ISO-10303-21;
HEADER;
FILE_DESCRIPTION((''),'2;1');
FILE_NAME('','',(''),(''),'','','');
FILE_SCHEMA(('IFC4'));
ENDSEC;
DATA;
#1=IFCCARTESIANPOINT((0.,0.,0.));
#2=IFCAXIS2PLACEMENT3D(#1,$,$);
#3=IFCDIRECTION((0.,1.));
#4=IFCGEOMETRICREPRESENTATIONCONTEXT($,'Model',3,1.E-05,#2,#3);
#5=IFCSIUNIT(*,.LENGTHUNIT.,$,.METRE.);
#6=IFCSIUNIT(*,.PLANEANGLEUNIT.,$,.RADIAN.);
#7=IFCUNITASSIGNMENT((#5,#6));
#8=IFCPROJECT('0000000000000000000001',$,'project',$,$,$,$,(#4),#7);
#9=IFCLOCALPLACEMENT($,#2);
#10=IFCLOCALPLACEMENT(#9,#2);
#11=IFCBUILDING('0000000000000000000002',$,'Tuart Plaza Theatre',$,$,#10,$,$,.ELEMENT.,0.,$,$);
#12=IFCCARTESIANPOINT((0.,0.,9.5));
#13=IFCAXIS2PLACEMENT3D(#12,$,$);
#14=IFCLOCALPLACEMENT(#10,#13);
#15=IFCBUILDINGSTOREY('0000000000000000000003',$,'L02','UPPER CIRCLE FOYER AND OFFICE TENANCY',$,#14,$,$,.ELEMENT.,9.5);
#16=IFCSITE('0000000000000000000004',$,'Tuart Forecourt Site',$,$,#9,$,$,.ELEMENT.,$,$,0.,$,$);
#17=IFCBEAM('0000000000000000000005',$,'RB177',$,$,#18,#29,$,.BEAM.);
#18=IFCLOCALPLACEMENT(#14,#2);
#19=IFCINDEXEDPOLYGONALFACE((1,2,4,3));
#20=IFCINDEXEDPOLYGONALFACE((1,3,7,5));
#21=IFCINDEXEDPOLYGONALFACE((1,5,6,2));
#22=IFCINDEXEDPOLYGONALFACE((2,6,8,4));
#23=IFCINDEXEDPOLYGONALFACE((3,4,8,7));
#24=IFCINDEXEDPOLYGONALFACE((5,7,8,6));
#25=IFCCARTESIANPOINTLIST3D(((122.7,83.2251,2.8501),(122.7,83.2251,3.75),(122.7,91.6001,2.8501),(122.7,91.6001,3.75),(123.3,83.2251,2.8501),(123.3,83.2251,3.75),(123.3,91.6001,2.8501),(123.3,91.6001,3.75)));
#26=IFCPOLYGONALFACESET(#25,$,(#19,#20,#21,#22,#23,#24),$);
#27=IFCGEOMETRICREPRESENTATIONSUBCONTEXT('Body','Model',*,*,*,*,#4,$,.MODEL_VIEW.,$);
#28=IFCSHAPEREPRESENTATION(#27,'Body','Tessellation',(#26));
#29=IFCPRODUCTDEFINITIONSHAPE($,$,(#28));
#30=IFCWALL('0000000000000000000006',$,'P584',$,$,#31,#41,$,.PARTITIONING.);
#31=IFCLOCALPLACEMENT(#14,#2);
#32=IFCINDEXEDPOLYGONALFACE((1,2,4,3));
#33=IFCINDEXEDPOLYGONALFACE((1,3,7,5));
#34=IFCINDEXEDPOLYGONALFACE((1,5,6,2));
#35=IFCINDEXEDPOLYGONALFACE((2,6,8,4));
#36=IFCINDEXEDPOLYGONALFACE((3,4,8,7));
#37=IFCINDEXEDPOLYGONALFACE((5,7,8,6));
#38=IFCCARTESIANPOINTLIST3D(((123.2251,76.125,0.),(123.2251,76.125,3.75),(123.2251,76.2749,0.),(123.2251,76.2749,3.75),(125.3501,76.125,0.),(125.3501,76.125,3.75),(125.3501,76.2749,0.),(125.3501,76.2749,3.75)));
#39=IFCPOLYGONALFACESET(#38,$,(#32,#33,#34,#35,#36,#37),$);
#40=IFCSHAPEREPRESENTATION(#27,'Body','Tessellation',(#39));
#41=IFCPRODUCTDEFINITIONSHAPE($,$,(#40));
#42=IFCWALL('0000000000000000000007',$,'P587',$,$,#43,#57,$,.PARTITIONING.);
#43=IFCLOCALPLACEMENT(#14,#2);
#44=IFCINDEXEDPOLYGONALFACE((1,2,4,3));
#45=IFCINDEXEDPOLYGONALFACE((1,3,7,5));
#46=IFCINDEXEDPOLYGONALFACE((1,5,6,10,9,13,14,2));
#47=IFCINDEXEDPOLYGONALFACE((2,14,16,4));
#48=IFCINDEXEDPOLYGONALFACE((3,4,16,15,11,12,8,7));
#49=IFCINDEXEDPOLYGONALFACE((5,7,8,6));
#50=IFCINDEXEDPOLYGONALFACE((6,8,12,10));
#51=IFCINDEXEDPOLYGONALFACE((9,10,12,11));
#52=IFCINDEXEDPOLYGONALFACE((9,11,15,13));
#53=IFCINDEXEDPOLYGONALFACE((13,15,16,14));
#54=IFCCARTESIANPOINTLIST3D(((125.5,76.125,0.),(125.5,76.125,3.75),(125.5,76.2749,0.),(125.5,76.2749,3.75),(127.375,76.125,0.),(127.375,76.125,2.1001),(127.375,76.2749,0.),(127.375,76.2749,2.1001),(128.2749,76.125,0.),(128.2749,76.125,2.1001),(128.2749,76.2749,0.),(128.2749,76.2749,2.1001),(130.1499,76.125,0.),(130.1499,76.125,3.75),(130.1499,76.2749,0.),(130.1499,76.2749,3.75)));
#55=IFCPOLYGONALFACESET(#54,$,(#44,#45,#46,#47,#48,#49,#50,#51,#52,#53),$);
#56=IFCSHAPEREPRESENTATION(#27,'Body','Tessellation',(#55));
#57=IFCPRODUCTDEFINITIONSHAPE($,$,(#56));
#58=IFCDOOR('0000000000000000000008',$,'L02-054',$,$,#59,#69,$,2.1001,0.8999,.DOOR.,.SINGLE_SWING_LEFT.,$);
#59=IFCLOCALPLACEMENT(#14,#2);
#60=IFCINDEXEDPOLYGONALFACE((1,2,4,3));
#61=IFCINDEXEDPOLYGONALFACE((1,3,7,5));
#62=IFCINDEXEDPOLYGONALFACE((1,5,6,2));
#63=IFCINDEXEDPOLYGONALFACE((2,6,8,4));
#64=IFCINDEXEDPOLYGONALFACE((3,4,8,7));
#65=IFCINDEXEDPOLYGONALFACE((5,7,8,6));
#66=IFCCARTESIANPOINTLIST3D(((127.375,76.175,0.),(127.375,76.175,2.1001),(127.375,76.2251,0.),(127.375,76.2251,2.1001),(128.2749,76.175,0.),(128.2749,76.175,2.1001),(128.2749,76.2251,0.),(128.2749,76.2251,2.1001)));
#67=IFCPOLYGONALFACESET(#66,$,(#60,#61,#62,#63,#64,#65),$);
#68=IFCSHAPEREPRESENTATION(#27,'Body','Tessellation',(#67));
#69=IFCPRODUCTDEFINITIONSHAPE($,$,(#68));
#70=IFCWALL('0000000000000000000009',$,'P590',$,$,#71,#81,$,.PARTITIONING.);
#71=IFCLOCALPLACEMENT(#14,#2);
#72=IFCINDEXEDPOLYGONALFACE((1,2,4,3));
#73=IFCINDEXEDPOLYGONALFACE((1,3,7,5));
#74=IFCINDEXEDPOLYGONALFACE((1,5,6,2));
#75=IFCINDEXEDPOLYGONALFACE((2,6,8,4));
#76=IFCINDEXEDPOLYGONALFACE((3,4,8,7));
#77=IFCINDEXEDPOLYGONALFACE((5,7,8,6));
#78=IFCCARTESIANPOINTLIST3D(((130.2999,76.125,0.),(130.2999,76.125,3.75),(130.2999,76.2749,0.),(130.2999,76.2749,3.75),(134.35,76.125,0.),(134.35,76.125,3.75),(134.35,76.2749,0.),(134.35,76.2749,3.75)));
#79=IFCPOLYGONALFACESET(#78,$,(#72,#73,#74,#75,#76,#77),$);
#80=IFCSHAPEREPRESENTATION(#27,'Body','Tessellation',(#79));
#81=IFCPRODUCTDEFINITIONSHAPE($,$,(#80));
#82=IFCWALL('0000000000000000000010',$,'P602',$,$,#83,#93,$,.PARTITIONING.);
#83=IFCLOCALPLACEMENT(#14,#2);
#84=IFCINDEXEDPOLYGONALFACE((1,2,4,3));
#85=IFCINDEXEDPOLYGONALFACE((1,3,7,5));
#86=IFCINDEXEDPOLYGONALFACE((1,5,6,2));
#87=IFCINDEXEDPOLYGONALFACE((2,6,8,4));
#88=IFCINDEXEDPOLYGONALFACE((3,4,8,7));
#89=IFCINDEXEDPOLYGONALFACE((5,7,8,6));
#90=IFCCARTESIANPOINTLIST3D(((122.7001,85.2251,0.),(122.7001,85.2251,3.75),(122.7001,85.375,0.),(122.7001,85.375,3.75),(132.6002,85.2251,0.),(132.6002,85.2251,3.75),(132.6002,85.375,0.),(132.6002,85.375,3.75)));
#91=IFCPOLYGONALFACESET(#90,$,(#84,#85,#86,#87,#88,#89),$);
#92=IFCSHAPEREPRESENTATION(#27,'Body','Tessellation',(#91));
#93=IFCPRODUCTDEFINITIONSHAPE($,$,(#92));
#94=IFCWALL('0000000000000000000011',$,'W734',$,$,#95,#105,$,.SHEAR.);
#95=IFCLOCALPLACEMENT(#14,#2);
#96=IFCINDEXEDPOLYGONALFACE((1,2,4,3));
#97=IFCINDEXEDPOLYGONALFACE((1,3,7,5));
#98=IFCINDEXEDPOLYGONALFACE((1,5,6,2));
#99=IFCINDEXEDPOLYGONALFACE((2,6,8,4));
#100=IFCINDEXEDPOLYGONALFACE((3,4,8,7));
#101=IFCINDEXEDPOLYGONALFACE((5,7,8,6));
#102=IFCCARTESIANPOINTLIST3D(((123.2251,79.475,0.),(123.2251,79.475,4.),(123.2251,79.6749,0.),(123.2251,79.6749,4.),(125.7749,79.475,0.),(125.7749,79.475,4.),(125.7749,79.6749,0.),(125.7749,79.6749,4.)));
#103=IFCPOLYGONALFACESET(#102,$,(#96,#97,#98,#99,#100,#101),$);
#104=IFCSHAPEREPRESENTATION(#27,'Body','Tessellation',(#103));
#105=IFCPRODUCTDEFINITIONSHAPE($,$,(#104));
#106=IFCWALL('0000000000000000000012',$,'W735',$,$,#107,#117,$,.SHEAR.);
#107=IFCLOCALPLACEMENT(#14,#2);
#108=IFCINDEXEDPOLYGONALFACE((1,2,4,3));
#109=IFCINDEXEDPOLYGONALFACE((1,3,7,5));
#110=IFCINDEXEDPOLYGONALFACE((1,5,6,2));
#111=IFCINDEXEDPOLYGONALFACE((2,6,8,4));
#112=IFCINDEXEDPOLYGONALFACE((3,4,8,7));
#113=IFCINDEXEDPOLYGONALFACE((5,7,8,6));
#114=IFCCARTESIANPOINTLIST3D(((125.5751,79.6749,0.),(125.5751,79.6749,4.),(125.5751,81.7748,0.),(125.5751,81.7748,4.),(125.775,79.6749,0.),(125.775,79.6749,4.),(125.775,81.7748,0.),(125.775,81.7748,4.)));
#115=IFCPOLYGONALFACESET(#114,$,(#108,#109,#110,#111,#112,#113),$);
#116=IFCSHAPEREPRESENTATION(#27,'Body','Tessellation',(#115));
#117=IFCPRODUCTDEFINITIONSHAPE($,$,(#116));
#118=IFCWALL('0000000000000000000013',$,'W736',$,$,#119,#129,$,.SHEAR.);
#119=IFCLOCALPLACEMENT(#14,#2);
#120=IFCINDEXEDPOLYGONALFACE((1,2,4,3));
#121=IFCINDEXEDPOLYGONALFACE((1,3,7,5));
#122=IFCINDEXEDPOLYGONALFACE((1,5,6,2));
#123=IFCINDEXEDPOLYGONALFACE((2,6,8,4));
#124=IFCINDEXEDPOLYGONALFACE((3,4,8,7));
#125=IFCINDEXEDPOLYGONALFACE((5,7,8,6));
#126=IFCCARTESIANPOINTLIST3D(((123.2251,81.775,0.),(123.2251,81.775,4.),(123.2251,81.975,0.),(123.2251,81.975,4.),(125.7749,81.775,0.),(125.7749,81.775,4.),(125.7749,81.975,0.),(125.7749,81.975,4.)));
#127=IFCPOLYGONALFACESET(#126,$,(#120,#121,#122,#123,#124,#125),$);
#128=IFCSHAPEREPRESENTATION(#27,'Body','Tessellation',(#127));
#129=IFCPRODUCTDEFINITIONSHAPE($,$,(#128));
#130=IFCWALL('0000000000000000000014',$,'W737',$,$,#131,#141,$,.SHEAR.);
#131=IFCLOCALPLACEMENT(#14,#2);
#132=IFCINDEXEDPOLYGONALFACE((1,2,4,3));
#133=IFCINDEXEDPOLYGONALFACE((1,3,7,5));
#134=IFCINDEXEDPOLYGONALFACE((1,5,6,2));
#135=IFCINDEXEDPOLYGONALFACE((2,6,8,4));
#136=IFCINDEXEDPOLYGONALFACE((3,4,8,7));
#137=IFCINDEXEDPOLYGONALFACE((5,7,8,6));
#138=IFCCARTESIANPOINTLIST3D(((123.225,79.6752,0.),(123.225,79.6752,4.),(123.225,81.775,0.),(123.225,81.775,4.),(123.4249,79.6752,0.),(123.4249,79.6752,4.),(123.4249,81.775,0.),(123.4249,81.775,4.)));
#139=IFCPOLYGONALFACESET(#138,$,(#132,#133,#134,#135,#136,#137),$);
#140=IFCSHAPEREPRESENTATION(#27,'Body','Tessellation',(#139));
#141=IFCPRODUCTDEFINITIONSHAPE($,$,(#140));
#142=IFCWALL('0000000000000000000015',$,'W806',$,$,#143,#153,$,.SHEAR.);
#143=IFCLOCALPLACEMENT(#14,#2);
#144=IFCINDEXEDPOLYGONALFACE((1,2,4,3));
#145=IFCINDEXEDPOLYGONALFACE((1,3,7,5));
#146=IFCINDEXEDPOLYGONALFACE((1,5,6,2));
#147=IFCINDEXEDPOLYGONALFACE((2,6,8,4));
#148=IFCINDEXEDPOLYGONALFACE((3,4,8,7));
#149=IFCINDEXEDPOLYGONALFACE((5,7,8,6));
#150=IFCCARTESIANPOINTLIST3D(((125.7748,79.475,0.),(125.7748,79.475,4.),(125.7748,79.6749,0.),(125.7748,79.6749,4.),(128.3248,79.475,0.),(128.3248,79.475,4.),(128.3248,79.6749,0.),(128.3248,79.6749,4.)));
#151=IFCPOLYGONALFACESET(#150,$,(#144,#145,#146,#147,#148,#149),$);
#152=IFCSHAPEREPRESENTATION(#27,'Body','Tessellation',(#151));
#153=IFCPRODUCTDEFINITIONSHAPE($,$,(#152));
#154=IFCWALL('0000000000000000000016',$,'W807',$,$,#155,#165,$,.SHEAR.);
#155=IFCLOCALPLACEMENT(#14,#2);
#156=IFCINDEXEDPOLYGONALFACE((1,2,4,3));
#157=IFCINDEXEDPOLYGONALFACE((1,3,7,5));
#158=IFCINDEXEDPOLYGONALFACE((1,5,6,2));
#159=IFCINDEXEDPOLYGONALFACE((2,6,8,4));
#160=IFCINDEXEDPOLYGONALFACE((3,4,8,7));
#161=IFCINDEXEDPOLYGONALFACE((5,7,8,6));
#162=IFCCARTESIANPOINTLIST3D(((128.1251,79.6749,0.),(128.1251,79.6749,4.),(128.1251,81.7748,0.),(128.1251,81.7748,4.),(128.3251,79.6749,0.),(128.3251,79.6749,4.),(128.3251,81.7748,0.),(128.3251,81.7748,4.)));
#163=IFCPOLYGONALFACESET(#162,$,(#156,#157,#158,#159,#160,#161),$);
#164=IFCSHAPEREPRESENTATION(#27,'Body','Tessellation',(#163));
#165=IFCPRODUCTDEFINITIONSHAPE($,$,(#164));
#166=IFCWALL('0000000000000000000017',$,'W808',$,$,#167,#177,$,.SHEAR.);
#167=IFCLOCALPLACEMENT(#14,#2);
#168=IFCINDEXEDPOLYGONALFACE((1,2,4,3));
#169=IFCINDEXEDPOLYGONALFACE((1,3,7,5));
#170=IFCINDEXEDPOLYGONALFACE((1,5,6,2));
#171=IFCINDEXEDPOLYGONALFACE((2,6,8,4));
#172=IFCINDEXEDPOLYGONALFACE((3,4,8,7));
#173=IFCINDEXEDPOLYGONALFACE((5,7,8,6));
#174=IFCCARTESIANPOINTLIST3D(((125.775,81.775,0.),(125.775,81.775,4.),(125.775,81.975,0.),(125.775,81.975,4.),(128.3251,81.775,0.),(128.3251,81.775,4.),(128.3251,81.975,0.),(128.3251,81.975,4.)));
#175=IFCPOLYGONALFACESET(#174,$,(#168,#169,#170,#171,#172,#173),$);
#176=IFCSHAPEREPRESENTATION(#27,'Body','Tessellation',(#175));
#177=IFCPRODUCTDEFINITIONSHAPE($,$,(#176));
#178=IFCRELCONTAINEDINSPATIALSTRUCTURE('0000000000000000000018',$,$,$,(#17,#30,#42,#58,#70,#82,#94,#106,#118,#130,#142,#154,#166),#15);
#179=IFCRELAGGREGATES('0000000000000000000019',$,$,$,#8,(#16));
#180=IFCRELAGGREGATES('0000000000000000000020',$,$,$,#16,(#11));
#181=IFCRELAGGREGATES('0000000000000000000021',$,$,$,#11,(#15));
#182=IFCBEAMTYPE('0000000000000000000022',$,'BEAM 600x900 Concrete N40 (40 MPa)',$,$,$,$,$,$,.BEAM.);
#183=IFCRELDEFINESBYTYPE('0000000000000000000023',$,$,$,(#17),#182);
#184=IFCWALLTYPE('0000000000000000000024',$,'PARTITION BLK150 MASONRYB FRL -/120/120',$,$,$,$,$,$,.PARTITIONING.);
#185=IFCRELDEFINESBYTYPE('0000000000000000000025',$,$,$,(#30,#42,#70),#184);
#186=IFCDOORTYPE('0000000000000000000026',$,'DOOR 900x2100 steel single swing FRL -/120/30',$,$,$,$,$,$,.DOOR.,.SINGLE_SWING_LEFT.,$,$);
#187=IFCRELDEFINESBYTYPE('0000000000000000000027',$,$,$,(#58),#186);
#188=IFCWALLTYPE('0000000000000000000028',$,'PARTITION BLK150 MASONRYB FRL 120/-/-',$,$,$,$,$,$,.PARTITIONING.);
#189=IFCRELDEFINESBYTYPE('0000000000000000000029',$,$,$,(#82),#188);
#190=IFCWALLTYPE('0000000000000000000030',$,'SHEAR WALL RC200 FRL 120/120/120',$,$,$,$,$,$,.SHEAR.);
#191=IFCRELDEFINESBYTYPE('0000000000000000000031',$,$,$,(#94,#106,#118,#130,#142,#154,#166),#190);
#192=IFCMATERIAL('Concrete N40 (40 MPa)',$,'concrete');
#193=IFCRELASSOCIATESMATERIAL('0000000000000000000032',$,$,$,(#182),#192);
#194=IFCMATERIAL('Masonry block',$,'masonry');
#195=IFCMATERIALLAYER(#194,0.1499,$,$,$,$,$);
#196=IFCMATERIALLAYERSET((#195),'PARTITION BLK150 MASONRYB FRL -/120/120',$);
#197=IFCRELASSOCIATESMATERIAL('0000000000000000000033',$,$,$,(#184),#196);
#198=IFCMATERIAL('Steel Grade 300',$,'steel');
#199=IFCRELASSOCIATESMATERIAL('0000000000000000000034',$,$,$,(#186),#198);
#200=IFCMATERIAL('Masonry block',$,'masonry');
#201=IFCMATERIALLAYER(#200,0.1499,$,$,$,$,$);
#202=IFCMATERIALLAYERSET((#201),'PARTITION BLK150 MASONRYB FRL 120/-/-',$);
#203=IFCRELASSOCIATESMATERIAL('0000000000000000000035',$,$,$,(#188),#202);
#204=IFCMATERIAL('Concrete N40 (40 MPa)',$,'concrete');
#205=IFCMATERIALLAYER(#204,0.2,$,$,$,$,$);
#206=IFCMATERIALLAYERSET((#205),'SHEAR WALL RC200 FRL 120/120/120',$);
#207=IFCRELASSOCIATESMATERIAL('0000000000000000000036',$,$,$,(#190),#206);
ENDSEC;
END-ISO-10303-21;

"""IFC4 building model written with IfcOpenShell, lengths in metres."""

from ifc_helpers import new_model, si_unit, direction, frame, frame_2d, origin, origin_2d, place, context, subcontext, project, spatial, rectangle, extrude, material, layer, layer_set, material_profile, profile_set, type_object, element, fill, save


model = new_model("IFC4")

# Units and contexts
model_context = context("Model", 3, precision=1e-05, world=origin(), true_north=direction((0.0, 1.0)))
body_context = subcontext(model_context, "Body", "Model", "MODEL_VIEW")
ifc_project = project(units=[si_unit("LENGTHUNIT", "METRE"), si_unit("PLANEANGLEUNIT", "RADIAN")], contexts=[model_context])

# Site, building, storey
site_placement = place(None, origin())
site = spatial("IfcSite", under=ifc_project, at=site_placement, Name="Tuart Forecourt Site", CompositionType="ELEMENT", RefElevation=0.0)
building_placement = place(site_placement, origin())
building = spatial("IfcBuilding", under=site, at=building_placement, Name="Tuart Plaza Theatre", CompositionType="ELEMENT", ElevationOfRefHeight=0.0)
storey_placement = place(building_placement, frame((0.0, 0.0, 9.5)))
storey = spatial("IfcBuildingStorey", under=building, at=storey_placement, Name="L02", Description="UPPER CIRCLE FOYER AND OFFICE TENANCY", CompositionType="ELEMENT", Elevation=9.5)

# Beam
ifc_material_1 = material(Name="Concrete N40 (40 MPa)", Category="concrete")
ifc_material_profile = material_profile(ifc_material_1, rectangle(XDim=0.6001, YDim=0.8999, at=origin_2d()), Name="BEAM 600x900 Concrete N40 (40 MPa)")
ifc_profile_set = profile_set([ifc_material_profile], Name="Concrete N40 (40 MPa)")
beam_type = type_object("IfcBeamType", Name="BEAM 600x900 Concrete N40 (40 MPa)", PredefinedType="BEAM", material=ifc_profile_set)
beam_placement = place(storey_placement, frame((123.0, 83.2251, 3.3), z_axis=(0.0, 1.0, 0.0), x_axis=(-1.0, 0.0, 0.0)))
element("IfcBeam", 1, at=beam_placement, inside=storey, type_object=beam_type, Name="RB177", PredefinedType="BEAM", context=body_context, shape_type="SweptSolid", body=[
    extrude(rectangle(XDim=0.6001, YDim=0.8999, at=origin_2d()), origin(), (0.0, 0.0, 1.0), 8.375),
])

# Wall
ifc_material_2 = material(Name="Masonry block", Category="masonry")
ifc_layer_1 = layer(ifc_material_2, 0.1499)
ifc_layer_set_1 = layer_set([ifc_layer_1], Name="PARTITION BLK150 MASONRYB FRL -/120/120")
wall_type_1 = type_object("IfcWallType", Name="PARTITION BLK150 MASONRYB FRL -/120/120", PredefinedType="PARTITIONING", material=ifc_layer_set_1)
wall_1_placement = place(storey_placement, frame((123.2251, 76.2, 0.0), z_axis=(0.0, 0.0, 1.0), x_axis=(1.0, 0.0, 0.0)))
element("IfcWall", 2, at=wall_1_placement, inside=storey, type_object=wall_type_1, Name="P584", PredefinedType="PARTITIONING", context=body_context, shape_type="SweptSolid", body=[
    extrude(rectangle(XDim=2.125, YDim=0.1499, at=frame_2d((1.0625, 0.0))), origin(), (0.0, 0.0, 1.0), 3.75),
])

# Wall, opening, door
wall_2_placement = place(storey_placement, frame((125.5, 76.2, 0.0), z_axis=(0.0, 0.0, 1.0), x_axis=(1.0, 0.0, 0.0)))
wall_2 = element("IfcWall", 3, at=wall_2_placement, inside=storey, type_object=wall_type_1, Name="P587", PredefinedType="PARTITIONING", context=body_context, shape_type="SweptSolid", body=[
    extrude(rectangle(XDim=4.6499, YDim=0.1499, at=frame_2d((2.325, 0.0))), origin(), (0.0, 0.0, 1.0), 3.75),
])
opening_1_placement = place(wall_2_placement, frame((1.875, 0.0, 0.0)))
opening_1 = element("IfcOpeningElement", 4, at=opening_1_placement, cuts=wall_2, PredefinedType="OPENING", context=body_context, shape_type="SweptSolid", body=[
    extrude(rectangle(XDim=0.8999, YDim=2.1001, at=frame_2d((0.45, 1.05))), frame((0.0, 0.085, 0.0), z_axis=(0.0, -1.0, 0.0), x_axis=(1.0, 0.0, 0.0)), (0.0, 0.0, 1.0), 0.1699),
])
ifc_material_3 = material(Name="Steel Grade 300", Category="steel")
door_type_1 = type_object("IfcDoorType", Name="DOOR 900x2100 steel single swing FRL -/120/30", OperationType="SINGLE_SWING_LEFT", PredefinedType="DOOR", material=ifc_material_3)
door_1_placement = place(opening_1_placement, frame((0.8999, 0.0, 0.0), z_axis=(0.0, 0.0, 1.0), x_axis=(-1.0, 0.0, 0.0)))
door_1 = element("IfcDoor", 5, at=door_1_placement, inside=storey, type_object=door_type_1, Name="L02-054", OperationType="SINGLE_SWING_LEFT", OverallHeight=2.1001, OverallWidth=0.8999, PredefinedType="DOOR", context=body_context, shape_type="SweptSolid", body=[
    extrude(rectangle(XDim=0.8999, YDim=2.1001, at=frame_2d((0.45, 1.05))), frame((0.0, 0.0249, 0.0), z_axis=(0.0, -1.0, 0.0), x_axis=(1.0, 0.0, 0.0)), (0.0, 0.0, 1.0), 0.05),
])
fill(opening_1, door_1)

# Walls
wall_3_placement = place(storey_placement, frame((130.3, 76.2, 0.0), z_axis=(0.0, 0.0, 1.0), x_axis=(1.0, 0.0, 0.0)))
element("IfcWall", 6, at=wall_3_placement, inside=storey, type_object=wall_type_1, Name="P590", PredefinedType="PARTITIONING", context=body_context, shape_type="SweptSolid", body=[
    extrude(rectangle(XDim=4.05, YDim=0.1499, at=frame_2d((2.0249, 0.0))), origin(), (0.0, 0.0, 1.0), 3.75),
])
ifc_material_4 = material(Name="Masonry block", Category="masonry")
ifc_layer_2 = layer(ifc_material_4, 0.1499)
ifc_layer_set_2 = layer_set([ifc_layer_2], Name="PARTITION BLK150 MASONRYB FRL 120/-/-")
wall_type_2 = type_object("IfcWallType", Name="PARTITION BLK150 MASONRYB FRL 120/-/-", PredefinedType="PARTITIONING", material=ifc_layer_set_2)
wall_4_placement = place(storey_placement, frame((122.7, 85.3, 0.0), z_axis=(0.0, 0.0, 1.0), x_axis=(1.0, 0.0, 0.0)))
element("IfcWall", 7, at=wall_4_placement, inside=storey, type_object=wall_type_2, Name="P602", PredefinedType="PARTITIONING", context=body_context, shape_type="SweptSolid", body=[
    extrude(rectangle(XDim=9.9001, YDim=0.1499, at=frame_2d((4.9502, 0.0))), origin(), (0.0, 0.0, 1.0), 3.75),
])
ifc_material_5 = material(Name="Concrete N40 (40 MPa)", Category="concrete")
ifc_layer_3 = layer(ifc_material_5, 0.2)
ifc_layer_set_3 = layer_set([ifc_layer_3], Name="SHEAR WALL RC200 FRL 120/120/120")
wall_type_3 = type_object("IfcWallType", Name="SHEAR WALL RC200 FRL 120/120/120", PredefinedType="SHEAR", material=ifc_layer_set_3)
wall_5_placement = place(storey_placement, frame((123.2251, 79.575, 0.0), z_axis=(0.0, 0.0, 1.0), x_axis=(1.0, 0.0, 0.0)))
element("IfcWall", 8, at=wall_5_placement, inside=storey, type_object=wall_type_3, Name="W734", PredefinedType="SHEAR", context=body_context, shape_type="SweptSolid", body=[
    extrude(rectangle(XDim=2.5498, YDim=0.2, at=frame_2d((1.2749, 0.0))), origin(), (0.0, 0.0, 1.0), 4.0),
])
wall_6_placement = place(storey_placement, frame((125.675, 79.675, 0.0), z_axis=(0.0, 0.0, 1.0), x_axis=(0.0, 1.0, 0.0)))
element("IfcWall", 9, at=wall_6_placement, inside=storey, type_object=wall_type_3, Name="W735", PredefinedType="SHEAR", context=body_context, shape_type="SweptSolid", body=[
    extrude(rectangle(XDim=2.0999, YDim=0.2, at=frame_2d((1.0498, 0.0))), origin(), (0.0, 0.0, 1.0), 4.0),
])
wall_7_placement = place(storey_placement, frame((125.7749, 81.875, 0.0), z_axis=(0.0, 0.0, 1.0), x_axis=(-1.0, 0.0, 0.0)))
element("IfcWall", 10, at=wall_7_placement, inside=storey, type_object=wall_type_3, Name="W736", PredefinedType="SHEAR", context=body_context, shape_type="SweptSolid", body=[
    extrude(rectangle(XDim=2.5498, YDim=0.2, at=frame_2d((1.2749, 0.0))), origin(), (0.0, 0.0, 1.0), 4.0),
])
wall_8_placement = place(storey_placement, frame((123.325, 81.7749, 0.0), z_axis=(0.0, 0.0, 1.0), x_axis=(0.0, -1.0, 0.0)))
element("IfcWall", 11, at=wall_8_placement, inside=storey, type_object=wall_type_3, Name="W737", PredefinedType="SHEAR", context=body_context, shape_type="SweptSolid", body=[
    extrude(rectangle(XDim=2.0999, YDim=0.2, at=frame_2d((1.0498, 0.0))), origin(), (0.0, 0.0, 1.0), 4.0),
])
wall_9_placement = place(storey_placement, frame((125.7749, 79.575, 0.0), z_axis=(0.0, 0.0, 1.0), x_axis=(1.0, 0.0, 0.0)))
element("IfcWall", 12, at=wall_9_placement, inside=storey, type_object=wall_type_3, Name="W806", PredefinedType="SHEAR", context=body_context, shape_type="SweptSolid", body=[
    extrude(rectangle(XDim=2.55, YDim=0.2, at=frame_2d((1.2749, 0.0))), origin(), (0.0, 0.0, 1.0), 4.0),
])
wall_10_placement = place(storey_placement, frame((128.2251, 79.675, 0.0), z_axis=(0.0, 0.0, 1.0), x_axis=(0.0, 1.0, 0.0)))
element("IfcWall", 13, at=wall_10_placement, inside=storey, type_object=wall_type_3, Name="W807", PredefinedType="SHEAR", context=body_context, shape_type="SweptSolid", body=[
    extrude(rectangle(XDim=2.0999, YDim=0.2, at=frame_2d((1.0498, 0.0))), origin(), (0.0, 0.0, 1.0), 4.0),
])
wall_11_placement = place(storey_placement, frame((128.325, 81.875, 0.0), z_axis=(0.0, 0.0, 1.0), x_axis=(-1.0, 0.0, 0.0)))
element("IfcWall", 14, at=wall_11_placement, inside=storey, type_object=wall_type_3, Name="W808", PredefinedType="SHEAR", context=body_context, shape_type="SweptSolid", body=[
    extrude(rectangle(XDim=2.55, YDim=0.2, at=frame_2d((1.2749, 0.0))), origin(), (0.0, 0.0, 1.0), 4.0),
])

save(model, "model.ifc")
